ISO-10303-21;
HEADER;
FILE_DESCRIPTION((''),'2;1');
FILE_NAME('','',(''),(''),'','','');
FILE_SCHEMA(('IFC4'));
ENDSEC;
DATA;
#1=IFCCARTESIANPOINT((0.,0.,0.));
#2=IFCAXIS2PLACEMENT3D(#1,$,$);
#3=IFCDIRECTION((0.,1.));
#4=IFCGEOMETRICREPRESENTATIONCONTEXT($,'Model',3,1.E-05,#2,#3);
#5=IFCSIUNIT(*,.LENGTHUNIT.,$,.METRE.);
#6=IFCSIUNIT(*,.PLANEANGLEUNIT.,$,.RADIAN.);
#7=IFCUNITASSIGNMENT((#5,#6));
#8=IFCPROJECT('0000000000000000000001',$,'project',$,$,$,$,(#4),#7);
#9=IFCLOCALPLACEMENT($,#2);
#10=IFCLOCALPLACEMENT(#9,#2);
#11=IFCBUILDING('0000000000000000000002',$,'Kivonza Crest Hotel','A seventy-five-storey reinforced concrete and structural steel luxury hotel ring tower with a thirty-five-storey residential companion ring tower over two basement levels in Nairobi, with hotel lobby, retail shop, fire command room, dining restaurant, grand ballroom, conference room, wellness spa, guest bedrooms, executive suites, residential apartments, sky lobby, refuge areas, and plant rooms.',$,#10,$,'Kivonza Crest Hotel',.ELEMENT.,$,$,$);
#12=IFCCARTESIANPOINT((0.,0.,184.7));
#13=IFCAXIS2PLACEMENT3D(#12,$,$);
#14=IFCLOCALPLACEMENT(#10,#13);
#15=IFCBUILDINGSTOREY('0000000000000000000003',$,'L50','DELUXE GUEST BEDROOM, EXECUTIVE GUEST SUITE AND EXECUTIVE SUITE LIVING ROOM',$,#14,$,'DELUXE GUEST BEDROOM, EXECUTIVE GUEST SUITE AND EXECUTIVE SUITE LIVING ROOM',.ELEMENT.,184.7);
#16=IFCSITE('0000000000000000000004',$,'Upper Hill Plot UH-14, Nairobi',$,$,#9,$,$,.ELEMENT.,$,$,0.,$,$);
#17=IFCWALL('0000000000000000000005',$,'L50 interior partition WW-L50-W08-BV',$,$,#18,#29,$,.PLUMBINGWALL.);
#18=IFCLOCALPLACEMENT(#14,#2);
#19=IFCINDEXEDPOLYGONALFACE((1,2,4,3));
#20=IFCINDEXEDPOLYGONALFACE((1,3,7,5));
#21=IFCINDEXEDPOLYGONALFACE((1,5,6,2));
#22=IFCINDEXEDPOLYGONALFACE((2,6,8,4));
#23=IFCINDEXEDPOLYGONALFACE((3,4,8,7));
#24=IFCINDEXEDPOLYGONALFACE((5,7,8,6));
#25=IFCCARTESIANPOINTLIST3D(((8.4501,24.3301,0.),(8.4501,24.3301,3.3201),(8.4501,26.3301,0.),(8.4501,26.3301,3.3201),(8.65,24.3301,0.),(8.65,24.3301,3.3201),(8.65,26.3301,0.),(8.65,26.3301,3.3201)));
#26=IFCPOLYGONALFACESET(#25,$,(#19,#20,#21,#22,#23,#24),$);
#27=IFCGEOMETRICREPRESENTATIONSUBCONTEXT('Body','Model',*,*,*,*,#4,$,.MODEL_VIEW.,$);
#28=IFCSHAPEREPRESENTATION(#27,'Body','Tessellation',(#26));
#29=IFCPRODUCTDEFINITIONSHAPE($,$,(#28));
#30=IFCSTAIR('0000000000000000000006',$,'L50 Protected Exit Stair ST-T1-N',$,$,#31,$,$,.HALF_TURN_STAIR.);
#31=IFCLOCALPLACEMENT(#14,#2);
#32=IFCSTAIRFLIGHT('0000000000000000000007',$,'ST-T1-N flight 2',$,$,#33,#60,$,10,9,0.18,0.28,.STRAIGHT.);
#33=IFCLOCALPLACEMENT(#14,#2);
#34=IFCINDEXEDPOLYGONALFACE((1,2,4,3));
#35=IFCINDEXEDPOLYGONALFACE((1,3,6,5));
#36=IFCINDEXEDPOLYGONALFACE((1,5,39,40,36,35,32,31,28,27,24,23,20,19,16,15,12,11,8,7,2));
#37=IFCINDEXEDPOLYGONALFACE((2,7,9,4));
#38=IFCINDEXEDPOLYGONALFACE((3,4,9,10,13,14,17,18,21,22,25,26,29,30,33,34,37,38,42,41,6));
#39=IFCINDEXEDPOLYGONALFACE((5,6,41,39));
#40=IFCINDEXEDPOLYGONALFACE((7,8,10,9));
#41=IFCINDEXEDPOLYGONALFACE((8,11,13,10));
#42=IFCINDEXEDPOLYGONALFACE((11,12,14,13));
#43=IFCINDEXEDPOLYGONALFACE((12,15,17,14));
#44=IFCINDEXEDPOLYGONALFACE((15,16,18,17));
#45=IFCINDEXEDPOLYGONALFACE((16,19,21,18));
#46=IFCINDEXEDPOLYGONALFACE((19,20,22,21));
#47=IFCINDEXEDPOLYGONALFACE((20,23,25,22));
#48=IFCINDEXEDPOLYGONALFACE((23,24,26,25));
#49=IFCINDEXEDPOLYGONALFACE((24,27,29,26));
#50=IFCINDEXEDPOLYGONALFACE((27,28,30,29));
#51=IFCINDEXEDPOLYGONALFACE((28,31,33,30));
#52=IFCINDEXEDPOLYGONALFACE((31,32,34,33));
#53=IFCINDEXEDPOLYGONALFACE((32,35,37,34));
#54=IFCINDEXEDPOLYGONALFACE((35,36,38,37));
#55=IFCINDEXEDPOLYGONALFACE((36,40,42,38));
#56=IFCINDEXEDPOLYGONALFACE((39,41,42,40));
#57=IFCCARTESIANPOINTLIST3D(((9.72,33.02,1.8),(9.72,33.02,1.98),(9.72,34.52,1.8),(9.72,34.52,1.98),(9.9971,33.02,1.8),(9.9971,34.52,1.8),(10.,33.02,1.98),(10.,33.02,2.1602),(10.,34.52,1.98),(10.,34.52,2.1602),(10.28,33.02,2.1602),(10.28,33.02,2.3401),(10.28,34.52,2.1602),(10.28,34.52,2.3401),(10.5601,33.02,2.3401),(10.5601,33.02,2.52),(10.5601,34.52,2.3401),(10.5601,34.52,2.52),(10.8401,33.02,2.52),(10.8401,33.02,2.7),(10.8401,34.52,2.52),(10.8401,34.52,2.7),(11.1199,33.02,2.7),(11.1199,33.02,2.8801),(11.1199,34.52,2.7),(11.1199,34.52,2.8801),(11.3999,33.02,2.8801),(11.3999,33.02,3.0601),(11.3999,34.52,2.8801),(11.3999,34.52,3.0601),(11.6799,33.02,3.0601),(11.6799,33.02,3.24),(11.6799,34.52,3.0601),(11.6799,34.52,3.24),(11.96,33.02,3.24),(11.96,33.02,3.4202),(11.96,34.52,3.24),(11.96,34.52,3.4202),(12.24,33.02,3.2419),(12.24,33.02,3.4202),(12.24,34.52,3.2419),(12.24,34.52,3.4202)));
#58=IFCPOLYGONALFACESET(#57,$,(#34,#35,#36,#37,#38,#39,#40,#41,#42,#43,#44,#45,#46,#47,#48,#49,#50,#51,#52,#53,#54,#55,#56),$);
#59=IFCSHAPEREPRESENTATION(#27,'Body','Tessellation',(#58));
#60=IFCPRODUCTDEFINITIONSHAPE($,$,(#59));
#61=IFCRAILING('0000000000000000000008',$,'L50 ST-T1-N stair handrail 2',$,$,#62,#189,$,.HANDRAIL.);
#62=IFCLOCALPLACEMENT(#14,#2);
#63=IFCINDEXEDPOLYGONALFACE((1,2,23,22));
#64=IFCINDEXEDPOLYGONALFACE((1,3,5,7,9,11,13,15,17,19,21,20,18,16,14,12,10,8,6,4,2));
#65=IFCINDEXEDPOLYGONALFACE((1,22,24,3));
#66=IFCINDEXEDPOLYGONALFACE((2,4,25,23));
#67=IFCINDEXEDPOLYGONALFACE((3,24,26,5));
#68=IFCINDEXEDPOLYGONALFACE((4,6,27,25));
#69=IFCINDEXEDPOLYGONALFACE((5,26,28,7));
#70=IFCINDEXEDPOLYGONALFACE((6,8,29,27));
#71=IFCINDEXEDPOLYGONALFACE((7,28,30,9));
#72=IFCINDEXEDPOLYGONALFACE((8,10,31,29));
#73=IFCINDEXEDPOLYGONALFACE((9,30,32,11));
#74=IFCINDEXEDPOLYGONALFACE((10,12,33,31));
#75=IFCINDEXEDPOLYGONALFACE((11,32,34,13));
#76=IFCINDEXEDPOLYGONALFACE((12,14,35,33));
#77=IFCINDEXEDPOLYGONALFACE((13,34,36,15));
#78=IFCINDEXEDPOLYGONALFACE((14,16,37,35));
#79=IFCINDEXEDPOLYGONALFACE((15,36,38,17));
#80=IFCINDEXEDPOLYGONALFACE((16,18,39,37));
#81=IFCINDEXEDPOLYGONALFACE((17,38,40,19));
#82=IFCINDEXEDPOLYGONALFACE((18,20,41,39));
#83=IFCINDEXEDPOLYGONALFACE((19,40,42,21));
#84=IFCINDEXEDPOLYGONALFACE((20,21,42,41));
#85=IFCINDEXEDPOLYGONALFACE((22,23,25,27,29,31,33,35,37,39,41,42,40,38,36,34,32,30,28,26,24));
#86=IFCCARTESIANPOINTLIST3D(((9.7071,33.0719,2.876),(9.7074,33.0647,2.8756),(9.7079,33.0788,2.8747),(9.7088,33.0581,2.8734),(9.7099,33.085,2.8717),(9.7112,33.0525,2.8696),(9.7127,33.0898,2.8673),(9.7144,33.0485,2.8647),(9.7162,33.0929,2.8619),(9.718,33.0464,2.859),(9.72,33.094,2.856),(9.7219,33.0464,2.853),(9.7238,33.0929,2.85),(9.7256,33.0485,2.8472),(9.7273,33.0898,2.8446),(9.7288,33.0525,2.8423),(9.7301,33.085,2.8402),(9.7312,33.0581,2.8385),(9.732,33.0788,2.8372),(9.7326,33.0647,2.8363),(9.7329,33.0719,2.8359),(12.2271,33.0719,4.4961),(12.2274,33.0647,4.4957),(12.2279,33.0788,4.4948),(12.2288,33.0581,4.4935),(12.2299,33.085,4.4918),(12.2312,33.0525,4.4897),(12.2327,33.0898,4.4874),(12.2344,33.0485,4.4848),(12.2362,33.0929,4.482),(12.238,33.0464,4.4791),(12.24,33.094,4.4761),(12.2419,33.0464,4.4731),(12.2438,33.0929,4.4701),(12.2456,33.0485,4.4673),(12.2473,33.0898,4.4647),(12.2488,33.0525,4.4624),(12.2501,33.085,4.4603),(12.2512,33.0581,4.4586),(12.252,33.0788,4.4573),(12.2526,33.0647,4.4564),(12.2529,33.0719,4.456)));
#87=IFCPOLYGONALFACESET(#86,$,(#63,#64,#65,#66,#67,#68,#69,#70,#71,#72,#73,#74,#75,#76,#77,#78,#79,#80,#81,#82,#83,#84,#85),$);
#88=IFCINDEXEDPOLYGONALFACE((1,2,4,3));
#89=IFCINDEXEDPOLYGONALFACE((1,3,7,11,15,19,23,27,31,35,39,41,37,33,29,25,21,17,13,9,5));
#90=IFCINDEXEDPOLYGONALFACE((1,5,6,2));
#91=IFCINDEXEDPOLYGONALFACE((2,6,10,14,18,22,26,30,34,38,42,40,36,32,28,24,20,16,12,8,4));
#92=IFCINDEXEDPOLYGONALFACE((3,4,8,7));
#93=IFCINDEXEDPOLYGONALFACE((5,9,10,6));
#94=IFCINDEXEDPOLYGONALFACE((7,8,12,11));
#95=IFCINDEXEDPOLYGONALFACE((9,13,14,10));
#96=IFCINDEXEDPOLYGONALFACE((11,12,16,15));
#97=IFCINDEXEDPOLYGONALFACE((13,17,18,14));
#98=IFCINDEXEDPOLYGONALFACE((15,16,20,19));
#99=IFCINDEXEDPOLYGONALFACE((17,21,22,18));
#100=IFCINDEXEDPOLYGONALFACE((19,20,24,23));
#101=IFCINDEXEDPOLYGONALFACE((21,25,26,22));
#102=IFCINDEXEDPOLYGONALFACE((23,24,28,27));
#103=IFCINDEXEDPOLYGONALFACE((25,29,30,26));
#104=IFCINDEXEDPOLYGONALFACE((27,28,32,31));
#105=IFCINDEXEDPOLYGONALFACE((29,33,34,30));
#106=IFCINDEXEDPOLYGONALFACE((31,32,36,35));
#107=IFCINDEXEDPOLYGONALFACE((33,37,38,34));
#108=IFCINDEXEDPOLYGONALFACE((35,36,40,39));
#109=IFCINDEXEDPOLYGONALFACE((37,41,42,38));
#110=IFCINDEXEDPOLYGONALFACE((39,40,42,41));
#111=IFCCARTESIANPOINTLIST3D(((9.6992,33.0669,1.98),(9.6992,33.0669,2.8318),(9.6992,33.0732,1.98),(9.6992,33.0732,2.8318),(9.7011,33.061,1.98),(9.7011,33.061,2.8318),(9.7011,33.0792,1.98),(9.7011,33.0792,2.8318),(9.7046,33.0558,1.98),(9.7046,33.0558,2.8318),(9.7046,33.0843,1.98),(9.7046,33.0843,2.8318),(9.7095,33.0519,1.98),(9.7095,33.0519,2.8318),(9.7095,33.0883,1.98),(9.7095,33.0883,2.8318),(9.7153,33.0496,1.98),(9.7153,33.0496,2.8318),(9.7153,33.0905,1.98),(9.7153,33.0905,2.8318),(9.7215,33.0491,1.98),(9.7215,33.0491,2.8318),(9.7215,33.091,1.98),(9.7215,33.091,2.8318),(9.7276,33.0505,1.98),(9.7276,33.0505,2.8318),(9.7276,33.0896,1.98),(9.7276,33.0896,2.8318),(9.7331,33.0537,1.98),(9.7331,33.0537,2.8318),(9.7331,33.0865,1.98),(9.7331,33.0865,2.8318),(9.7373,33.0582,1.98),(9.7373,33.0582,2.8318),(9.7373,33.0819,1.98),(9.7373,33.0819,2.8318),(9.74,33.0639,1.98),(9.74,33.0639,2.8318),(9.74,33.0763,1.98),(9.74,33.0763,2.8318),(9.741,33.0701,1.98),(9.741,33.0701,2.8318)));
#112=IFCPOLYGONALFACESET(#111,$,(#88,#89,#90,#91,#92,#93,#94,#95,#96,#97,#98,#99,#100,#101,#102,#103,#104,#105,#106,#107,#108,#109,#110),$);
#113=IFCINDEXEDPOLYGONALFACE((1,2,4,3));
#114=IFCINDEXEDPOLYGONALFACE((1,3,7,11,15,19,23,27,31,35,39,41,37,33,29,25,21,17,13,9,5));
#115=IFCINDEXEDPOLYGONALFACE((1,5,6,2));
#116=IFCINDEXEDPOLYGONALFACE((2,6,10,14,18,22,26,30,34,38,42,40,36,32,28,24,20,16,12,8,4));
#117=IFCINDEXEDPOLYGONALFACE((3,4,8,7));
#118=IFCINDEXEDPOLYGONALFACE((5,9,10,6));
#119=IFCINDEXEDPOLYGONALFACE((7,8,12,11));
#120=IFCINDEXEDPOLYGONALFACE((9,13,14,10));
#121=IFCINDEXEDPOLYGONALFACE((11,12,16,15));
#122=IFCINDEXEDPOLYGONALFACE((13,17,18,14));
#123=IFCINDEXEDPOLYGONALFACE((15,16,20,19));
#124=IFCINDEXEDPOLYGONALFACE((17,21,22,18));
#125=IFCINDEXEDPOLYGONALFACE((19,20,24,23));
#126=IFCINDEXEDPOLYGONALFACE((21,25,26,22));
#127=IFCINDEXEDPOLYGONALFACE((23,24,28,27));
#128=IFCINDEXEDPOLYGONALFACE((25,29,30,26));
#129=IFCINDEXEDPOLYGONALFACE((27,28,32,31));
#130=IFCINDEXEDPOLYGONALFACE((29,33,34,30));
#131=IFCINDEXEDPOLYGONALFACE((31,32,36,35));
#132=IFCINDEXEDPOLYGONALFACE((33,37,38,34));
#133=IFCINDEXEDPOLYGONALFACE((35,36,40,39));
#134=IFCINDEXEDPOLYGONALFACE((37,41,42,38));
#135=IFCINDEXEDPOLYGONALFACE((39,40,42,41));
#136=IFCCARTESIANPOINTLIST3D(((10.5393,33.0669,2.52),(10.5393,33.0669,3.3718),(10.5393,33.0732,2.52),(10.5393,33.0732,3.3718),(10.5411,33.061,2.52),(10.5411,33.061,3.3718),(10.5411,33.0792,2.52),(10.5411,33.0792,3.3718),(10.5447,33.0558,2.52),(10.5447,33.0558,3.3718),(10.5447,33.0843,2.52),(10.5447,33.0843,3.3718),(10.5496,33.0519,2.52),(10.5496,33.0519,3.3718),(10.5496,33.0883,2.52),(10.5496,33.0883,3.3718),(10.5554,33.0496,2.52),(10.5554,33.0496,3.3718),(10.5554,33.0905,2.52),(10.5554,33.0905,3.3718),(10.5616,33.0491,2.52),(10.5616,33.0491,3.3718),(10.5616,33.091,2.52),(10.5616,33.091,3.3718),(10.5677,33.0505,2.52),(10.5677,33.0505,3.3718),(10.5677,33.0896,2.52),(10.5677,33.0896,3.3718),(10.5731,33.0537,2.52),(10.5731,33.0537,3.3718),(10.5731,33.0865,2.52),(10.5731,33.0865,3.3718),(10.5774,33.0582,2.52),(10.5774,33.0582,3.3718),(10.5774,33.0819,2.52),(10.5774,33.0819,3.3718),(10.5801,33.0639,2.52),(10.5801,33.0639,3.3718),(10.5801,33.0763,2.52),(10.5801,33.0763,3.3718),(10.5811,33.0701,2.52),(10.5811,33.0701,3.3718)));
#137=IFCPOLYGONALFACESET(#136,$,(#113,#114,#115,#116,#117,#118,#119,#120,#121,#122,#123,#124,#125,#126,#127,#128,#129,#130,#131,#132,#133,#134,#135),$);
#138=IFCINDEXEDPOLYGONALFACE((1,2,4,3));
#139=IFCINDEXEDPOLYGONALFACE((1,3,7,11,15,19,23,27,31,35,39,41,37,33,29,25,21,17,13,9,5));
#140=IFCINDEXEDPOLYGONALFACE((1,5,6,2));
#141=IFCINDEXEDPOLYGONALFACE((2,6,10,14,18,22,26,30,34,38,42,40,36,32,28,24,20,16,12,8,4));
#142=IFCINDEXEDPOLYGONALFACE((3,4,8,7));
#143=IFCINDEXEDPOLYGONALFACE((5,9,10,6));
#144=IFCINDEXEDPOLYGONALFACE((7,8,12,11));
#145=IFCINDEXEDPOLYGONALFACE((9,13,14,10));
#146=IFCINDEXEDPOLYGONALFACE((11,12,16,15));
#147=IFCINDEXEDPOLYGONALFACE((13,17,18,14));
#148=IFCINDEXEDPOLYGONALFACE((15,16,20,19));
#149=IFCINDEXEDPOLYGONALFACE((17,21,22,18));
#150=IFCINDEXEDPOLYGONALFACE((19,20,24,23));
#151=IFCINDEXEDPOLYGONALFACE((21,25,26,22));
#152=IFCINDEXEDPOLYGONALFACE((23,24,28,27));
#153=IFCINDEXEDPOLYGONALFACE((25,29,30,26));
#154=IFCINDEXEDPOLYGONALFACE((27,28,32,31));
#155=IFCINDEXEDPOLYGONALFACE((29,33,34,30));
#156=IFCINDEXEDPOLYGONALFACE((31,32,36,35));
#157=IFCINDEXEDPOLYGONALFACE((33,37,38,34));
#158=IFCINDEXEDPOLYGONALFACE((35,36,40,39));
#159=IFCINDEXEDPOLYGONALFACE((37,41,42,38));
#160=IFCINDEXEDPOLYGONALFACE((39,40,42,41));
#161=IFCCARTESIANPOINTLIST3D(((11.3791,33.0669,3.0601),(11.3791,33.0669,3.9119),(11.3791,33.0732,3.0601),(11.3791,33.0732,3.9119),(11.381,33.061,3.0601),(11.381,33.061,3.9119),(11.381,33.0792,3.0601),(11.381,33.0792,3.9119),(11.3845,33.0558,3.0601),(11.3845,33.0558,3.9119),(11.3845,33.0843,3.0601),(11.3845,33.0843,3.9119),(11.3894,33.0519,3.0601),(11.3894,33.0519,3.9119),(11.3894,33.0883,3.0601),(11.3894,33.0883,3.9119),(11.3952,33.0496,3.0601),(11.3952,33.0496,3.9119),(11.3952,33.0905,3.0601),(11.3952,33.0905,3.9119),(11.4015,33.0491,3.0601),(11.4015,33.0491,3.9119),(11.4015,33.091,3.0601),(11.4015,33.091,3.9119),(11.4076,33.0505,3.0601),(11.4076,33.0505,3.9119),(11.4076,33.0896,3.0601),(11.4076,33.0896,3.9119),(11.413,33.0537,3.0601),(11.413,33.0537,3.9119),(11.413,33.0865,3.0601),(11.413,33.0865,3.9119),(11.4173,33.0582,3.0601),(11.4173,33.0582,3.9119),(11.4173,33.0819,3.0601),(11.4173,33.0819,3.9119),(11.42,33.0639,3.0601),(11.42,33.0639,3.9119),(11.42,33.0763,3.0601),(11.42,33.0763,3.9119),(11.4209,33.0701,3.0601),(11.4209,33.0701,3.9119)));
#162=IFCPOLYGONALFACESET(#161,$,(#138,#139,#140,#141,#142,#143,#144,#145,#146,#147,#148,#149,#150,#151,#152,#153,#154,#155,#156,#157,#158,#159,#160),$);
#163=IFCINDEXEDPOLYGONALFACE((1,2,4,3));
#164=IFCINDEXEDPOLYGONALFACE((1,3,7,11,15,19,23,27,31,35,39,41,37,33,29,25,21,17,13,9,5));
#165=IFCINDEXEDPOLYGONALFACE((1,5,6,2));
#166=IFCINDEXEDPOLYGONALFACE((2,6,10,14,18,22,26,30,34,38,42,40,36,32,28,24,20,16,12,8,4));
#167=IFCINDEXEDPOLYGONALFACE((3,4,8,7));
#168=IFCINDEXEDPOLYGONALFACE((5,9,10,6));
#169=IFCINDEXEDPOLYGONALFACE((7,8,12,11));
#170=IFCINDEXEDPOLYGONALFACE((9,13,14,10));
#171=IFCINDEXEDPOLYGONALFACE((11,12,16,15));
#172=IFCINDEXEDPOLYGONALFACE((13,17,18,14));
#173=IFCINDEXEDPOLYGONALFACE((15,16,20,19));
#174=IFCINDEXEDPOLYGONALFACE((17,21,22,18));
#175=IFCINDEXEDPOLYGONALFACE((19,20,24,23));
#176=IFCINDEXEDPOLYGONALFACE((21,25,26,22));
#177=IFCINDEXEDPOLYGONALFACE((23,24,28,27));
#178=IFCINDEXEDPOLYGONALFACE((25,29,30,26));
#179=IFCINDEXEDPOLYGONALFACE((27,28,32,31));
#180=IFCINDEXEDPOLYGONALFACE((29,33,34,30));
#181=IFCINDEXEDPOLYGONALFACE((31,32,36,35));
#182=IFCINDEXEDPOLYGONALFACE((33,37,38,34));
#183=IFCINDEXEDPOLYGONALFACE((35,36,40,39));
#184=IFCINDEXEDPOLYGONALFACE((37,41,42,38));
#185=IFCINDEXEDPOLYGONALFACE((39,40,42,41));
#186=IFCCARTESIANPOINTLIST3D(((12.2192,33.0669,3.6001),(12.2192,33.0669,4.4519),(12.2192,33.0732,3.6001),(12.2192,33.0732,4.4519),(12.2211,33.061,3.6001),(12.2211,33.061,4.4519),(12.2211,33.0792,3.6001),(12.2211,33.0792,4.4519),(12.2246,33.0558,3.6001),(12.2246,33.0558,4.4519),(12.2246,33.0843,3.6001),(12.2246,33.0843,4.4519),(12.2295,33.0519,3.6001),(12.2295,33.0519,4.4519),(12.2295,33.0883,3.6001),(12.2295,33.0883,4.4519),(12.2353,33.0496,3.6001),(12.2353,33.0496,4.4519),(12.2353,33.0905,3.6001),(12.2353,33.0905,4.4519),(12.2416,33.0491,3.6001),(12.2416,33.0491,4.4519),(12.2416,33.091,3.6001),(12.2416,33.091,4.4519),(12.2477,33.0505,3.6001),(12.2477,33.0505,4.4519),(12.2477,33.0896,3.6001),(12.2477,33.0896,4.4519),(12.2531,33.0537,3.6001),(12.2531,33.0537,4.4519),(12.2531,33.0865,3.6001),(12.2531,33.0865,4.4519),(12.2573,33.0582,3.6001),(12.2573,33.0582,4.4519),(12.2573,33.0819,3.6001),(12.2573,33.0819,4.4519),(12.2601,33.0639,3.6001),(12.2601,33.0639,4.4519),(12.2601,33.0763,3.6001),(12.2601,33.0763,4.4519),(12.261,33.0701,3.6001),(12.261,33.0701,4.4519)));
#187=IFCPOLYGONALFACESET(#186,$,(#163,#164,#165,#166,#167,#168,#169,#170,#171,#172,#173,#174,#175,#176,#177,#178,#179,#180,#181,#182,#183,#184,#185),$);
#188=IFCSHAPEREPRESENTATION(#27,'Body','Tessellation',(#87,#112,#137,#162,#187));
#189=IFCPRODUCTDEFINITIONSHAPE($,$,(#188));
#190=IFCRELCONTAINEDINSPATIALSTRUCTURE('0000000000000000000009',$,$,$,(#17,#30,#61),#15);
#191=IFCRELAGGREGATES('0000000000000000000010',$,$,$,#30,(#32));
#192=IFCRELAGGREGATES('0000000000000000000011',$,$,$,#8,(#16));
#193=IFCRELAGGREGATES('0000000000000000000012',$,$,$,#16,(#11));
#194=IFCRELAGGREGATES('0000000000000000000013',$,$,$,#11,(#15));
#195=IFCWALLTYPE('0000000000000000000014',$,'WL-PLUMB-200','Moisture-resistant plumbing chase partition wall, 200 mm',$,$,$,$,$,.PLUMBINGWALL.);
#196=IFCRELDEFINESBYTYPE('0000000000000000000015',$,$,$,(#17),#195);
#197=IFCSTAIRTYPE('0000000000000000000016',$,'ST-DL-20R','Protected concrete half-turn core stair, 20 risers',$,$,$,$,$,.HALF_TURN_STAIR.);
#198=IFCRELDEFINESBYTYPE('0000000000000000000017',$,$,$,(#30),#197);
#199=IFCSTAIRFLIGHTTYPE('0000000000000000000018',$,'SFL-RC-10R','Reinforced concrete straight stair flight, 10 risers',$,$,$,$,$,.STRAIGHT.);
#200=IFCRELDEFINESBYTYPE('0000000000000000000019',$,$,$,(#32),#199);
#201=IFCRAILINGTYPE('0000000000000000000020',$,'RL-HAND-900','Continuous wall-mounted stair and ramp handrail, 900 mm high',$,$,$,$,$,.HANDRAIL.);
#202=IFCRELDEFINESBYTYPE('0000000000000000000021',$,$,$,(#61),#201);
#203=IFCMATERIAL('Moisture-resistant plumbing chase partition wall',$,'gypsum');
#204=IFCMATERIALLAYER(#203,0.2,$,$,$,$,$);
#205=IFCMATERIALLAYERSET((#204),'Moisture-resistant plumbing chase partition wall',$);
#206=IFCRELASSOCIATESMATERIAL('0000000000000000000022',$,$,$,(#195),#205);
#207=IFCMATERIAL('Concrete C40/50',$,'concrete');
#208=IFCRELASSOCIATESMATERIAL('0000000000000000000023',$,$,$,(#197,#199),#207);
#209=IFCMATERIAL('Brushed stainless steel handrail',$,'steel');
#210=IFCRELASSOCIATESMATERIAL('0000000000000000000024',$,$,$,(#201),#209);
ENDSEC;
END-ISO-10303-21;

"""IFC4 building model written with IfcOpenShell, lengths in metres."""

from ifc_helpers import new_model, si_unit, direction, frame, frame_2d, origin, origin_2d, place, context, subcontext, project, spatial, polyline, rectangle, circle, outline, extrude, material, layer, layer_set, type_object, element, aggregate, save


model = new_model("IFC4")

# Units and contexts
model_context = context("Model", 3, precision=1e-05, world=origin(), true_north=direction((0.0, 1.0)))
body_context = subcontext(model_context, "Body", "Model", "MODEL_VIEW")
ifc_project = project(units=[si_unit("LENGTHUNIT", "METRE"), si_unit("PLANEANGLEUNIT", "RADIAN")], contexts=[model_context])

# Site, building, storey
site_placement = place(None, origin())
site = spatial("IfcSite", under=ifc_project, at=site_placement, Name="Upper Hill Plot UH-14, Nairobi", CompositionType="ELEMENT", RefElevation=0.0)
building_placement = place(site_placement, origin())
building = spatial("IfcBuilding", under=site, at=building_placement, Name="Kivonza Crest Hotel", Description="A seventy-five-storey reinforced concrete and structural steel luxury hotel ring tower with a thirty-five-storey residential companion ring tower over two basement levels in Nairobi, with hotel lobby, retail shop, fire command room, dining restaurant, grand ballroom, conference room, wellness spa, guest bedrooms, executive suites, residential apartments, sky lobby, refuge areas, and plant rooms.", LongName="Kivonza Crest Hotel", CompositionType="ELEMENT")
storey_placement = place(building_placement, frame((0.0, 0.0, 184.7)))
storey = spatial("IfcBuildingStorey", under=building, at=storey_placement, Name="L50", Description="DELUXE GUEST BEDROOM, EXECUTIVE GUEST SUITE AND EXECUTIVE SUITE LIVING ROOM", LongName="DELUXE GUEST BEDROOM, EXECUTIVE GUEST SUITE AND EXECUTIVE SUITE LIVING ROOM", CompositionType="ELEMENT", Elevation=184.7)

# Shared definitions
ifc_material_1 = material(Name="Moisture-resistant plumbing chase partition wall", Category="gypsum")
ifc_layer_1 = layer(ifc_material_1, 0.2)
ifc_layer_set_1 = layer_set([ifc_layer_1], Name="Moisture-resistant plumbing chase partition wall")
wall_type_1 = type_object("IfcWallType", Name="WL-PLUMB-200", Description="Moisture-resistant plumbing chase partition wall, 200 mm", PredefinedType="PLUMBINGWALL", material=ifc_layer_set_1)

# Wall
wall_1_placement = place(storey_placement, frame((8.55, 24.3301, 0.0), z_axis=(0.0, 0.0, 1.0), x_axis=(0.0, 1.0, 0.0)))
element("IfcWall", 1, at=wall_1_placement, inside=storey, type_object=wall_type_1, Name="L50 interior partition WW-L50-W08-BV", PredefinedType="PLUMBINGWALL", context=body_context, shape_type="SweptSolid", body=[
    extrude(rectangle(XDim=2.0, YDim=0.2, at=frame_2d((1.0, 0.0))), origin(), (0.0, 0.0, 1.0), 3.3201),
])

# Stair, stair flight
ifc_material_2 = material(Name="Concrete C40/50", Category="concrete")
stair_type = type_object("IfcStairType", Name="ST-DL-20R", Description="Protected concrete half-turn core stair, 20 risers", PredefinedType="HALF_TURN_STAIR", material=ifc_material_2)
stair_placement = place(storey_placement, origin())
stair = element("IfcStair", 2, at=stair_placement, inside=storey, type_object=stair_type, Name="L50 Protected Exit Stair ST-T1-N", PredefinedType="HALF_TURN_STAIR")
stair_flight_type = type_object("IfcStairFlightType", Name="SFL-RC-10R", Description="Reinforced concrete straight stair flight, 10 risers", PredefinedType="STRAIGHT", material=ifc_material_2)
stair_flight_placement = place(storey_placement, frame((9.72, 33.77, 1.8), z_axis=(0.0, 0.0, 1.0), x_axis=(1.0, 0.0, 0.0)))
stair_flight = element("IfcStairFlight", 3, at=stair_flight_placement, type_object=stair_flight_type, Name="ST-T1-N flight 2", NumberOfRisers=10, NumberOfTreads=9, PredefinedType="STRAIGHT", RiserHeight=0.18, TreadLength=0.28, context=body_context, shape_type="SweptSolid", body=[
    extrude(outline(polyline([(0.0, 0.0), (0.0, 0.1799), (0.28, 0.1799), (0.28, 0.3601), (0.5601, 0.3601), (0.5601, 0.54), (0.8401, 0.54), (0.8401, 0.72), (1.1201, 0.72), (1.1201, 0.8999), (1.3999, 0.8999), (1.3999, 1.0801), (1.6799, 1.0801), (1.6799, 1.26), (1.96, 1.26), (1.96, 1.4399), (2.24, 1.4399), (2.24, 1.6201), (2.52, 1.6201), (2.52, 1.8), (2.52, 1.4419), (0.2771, 0.0), (0.0, 0.0)])), frame((0.0, 0.75, 0.0), z_axis=(0.0, -1.0, 0.0), x_axis=(1.0, 0.0, 0.0)), (0.0, 0.0, 1.0), 1.5),
])
aggregate(stair, [stair_flight])

# Railing
ifc_material_3 = material(Name="Brushed stainless steel handrail", Category="steel")
railing_type_1 = type_object("IfcRailingType", Name="RL-HAND-900", Description="Continuous wall-mounted stair and ramp handrail, 900 mm high", PredefinedType="HANDRAIL", material=ifc_material_3)
railing_1_placement = place(storey_placement, frame((9.72, 33.0701, 1.98)))
element("IfcRailing", 4, at=railing_1_placement, inside=storey, type_object=railing_type_1, Name="L50 ST-T1-N stair handrail 2", PredefinedType="HANDRAIL", context=body_context, shape_type="SweptSolid", body=[
    extrude(circle(Radius=0.0239, at=origin_2d()), frame((0.0, 0.0, 0.876), z_axis=(0.841163, 0.0, 0.540782), x_axis=(0.0, 1.0, 0.0)), (0.0, 0.0, 1.0), 2.9958),
    extrude(circle(Radius=0.021, at=origin_2d()), origin(), (0.0, 0.0, 1.0), 0.8518),
    extrude(circle(Radius=0.021, at=origin_2d()), frame((0.8401, 0.0, 0.54)), (0.0, 0.0, 1.0), 0.8518),
    extrude(circle(Radius=0.021, at=origin_2d()), frame((1.6799, 0.0, 1.0801)), (0.0, 0.0, 1.0), 0.8518),
    extrude(circle(Radius=0.021, at=origin_2d()), frame((2.52, 0.0, 1.6201)), (0.0, 0.0, 1.0), 0.8518),
])

save(model, "model.ifc")
